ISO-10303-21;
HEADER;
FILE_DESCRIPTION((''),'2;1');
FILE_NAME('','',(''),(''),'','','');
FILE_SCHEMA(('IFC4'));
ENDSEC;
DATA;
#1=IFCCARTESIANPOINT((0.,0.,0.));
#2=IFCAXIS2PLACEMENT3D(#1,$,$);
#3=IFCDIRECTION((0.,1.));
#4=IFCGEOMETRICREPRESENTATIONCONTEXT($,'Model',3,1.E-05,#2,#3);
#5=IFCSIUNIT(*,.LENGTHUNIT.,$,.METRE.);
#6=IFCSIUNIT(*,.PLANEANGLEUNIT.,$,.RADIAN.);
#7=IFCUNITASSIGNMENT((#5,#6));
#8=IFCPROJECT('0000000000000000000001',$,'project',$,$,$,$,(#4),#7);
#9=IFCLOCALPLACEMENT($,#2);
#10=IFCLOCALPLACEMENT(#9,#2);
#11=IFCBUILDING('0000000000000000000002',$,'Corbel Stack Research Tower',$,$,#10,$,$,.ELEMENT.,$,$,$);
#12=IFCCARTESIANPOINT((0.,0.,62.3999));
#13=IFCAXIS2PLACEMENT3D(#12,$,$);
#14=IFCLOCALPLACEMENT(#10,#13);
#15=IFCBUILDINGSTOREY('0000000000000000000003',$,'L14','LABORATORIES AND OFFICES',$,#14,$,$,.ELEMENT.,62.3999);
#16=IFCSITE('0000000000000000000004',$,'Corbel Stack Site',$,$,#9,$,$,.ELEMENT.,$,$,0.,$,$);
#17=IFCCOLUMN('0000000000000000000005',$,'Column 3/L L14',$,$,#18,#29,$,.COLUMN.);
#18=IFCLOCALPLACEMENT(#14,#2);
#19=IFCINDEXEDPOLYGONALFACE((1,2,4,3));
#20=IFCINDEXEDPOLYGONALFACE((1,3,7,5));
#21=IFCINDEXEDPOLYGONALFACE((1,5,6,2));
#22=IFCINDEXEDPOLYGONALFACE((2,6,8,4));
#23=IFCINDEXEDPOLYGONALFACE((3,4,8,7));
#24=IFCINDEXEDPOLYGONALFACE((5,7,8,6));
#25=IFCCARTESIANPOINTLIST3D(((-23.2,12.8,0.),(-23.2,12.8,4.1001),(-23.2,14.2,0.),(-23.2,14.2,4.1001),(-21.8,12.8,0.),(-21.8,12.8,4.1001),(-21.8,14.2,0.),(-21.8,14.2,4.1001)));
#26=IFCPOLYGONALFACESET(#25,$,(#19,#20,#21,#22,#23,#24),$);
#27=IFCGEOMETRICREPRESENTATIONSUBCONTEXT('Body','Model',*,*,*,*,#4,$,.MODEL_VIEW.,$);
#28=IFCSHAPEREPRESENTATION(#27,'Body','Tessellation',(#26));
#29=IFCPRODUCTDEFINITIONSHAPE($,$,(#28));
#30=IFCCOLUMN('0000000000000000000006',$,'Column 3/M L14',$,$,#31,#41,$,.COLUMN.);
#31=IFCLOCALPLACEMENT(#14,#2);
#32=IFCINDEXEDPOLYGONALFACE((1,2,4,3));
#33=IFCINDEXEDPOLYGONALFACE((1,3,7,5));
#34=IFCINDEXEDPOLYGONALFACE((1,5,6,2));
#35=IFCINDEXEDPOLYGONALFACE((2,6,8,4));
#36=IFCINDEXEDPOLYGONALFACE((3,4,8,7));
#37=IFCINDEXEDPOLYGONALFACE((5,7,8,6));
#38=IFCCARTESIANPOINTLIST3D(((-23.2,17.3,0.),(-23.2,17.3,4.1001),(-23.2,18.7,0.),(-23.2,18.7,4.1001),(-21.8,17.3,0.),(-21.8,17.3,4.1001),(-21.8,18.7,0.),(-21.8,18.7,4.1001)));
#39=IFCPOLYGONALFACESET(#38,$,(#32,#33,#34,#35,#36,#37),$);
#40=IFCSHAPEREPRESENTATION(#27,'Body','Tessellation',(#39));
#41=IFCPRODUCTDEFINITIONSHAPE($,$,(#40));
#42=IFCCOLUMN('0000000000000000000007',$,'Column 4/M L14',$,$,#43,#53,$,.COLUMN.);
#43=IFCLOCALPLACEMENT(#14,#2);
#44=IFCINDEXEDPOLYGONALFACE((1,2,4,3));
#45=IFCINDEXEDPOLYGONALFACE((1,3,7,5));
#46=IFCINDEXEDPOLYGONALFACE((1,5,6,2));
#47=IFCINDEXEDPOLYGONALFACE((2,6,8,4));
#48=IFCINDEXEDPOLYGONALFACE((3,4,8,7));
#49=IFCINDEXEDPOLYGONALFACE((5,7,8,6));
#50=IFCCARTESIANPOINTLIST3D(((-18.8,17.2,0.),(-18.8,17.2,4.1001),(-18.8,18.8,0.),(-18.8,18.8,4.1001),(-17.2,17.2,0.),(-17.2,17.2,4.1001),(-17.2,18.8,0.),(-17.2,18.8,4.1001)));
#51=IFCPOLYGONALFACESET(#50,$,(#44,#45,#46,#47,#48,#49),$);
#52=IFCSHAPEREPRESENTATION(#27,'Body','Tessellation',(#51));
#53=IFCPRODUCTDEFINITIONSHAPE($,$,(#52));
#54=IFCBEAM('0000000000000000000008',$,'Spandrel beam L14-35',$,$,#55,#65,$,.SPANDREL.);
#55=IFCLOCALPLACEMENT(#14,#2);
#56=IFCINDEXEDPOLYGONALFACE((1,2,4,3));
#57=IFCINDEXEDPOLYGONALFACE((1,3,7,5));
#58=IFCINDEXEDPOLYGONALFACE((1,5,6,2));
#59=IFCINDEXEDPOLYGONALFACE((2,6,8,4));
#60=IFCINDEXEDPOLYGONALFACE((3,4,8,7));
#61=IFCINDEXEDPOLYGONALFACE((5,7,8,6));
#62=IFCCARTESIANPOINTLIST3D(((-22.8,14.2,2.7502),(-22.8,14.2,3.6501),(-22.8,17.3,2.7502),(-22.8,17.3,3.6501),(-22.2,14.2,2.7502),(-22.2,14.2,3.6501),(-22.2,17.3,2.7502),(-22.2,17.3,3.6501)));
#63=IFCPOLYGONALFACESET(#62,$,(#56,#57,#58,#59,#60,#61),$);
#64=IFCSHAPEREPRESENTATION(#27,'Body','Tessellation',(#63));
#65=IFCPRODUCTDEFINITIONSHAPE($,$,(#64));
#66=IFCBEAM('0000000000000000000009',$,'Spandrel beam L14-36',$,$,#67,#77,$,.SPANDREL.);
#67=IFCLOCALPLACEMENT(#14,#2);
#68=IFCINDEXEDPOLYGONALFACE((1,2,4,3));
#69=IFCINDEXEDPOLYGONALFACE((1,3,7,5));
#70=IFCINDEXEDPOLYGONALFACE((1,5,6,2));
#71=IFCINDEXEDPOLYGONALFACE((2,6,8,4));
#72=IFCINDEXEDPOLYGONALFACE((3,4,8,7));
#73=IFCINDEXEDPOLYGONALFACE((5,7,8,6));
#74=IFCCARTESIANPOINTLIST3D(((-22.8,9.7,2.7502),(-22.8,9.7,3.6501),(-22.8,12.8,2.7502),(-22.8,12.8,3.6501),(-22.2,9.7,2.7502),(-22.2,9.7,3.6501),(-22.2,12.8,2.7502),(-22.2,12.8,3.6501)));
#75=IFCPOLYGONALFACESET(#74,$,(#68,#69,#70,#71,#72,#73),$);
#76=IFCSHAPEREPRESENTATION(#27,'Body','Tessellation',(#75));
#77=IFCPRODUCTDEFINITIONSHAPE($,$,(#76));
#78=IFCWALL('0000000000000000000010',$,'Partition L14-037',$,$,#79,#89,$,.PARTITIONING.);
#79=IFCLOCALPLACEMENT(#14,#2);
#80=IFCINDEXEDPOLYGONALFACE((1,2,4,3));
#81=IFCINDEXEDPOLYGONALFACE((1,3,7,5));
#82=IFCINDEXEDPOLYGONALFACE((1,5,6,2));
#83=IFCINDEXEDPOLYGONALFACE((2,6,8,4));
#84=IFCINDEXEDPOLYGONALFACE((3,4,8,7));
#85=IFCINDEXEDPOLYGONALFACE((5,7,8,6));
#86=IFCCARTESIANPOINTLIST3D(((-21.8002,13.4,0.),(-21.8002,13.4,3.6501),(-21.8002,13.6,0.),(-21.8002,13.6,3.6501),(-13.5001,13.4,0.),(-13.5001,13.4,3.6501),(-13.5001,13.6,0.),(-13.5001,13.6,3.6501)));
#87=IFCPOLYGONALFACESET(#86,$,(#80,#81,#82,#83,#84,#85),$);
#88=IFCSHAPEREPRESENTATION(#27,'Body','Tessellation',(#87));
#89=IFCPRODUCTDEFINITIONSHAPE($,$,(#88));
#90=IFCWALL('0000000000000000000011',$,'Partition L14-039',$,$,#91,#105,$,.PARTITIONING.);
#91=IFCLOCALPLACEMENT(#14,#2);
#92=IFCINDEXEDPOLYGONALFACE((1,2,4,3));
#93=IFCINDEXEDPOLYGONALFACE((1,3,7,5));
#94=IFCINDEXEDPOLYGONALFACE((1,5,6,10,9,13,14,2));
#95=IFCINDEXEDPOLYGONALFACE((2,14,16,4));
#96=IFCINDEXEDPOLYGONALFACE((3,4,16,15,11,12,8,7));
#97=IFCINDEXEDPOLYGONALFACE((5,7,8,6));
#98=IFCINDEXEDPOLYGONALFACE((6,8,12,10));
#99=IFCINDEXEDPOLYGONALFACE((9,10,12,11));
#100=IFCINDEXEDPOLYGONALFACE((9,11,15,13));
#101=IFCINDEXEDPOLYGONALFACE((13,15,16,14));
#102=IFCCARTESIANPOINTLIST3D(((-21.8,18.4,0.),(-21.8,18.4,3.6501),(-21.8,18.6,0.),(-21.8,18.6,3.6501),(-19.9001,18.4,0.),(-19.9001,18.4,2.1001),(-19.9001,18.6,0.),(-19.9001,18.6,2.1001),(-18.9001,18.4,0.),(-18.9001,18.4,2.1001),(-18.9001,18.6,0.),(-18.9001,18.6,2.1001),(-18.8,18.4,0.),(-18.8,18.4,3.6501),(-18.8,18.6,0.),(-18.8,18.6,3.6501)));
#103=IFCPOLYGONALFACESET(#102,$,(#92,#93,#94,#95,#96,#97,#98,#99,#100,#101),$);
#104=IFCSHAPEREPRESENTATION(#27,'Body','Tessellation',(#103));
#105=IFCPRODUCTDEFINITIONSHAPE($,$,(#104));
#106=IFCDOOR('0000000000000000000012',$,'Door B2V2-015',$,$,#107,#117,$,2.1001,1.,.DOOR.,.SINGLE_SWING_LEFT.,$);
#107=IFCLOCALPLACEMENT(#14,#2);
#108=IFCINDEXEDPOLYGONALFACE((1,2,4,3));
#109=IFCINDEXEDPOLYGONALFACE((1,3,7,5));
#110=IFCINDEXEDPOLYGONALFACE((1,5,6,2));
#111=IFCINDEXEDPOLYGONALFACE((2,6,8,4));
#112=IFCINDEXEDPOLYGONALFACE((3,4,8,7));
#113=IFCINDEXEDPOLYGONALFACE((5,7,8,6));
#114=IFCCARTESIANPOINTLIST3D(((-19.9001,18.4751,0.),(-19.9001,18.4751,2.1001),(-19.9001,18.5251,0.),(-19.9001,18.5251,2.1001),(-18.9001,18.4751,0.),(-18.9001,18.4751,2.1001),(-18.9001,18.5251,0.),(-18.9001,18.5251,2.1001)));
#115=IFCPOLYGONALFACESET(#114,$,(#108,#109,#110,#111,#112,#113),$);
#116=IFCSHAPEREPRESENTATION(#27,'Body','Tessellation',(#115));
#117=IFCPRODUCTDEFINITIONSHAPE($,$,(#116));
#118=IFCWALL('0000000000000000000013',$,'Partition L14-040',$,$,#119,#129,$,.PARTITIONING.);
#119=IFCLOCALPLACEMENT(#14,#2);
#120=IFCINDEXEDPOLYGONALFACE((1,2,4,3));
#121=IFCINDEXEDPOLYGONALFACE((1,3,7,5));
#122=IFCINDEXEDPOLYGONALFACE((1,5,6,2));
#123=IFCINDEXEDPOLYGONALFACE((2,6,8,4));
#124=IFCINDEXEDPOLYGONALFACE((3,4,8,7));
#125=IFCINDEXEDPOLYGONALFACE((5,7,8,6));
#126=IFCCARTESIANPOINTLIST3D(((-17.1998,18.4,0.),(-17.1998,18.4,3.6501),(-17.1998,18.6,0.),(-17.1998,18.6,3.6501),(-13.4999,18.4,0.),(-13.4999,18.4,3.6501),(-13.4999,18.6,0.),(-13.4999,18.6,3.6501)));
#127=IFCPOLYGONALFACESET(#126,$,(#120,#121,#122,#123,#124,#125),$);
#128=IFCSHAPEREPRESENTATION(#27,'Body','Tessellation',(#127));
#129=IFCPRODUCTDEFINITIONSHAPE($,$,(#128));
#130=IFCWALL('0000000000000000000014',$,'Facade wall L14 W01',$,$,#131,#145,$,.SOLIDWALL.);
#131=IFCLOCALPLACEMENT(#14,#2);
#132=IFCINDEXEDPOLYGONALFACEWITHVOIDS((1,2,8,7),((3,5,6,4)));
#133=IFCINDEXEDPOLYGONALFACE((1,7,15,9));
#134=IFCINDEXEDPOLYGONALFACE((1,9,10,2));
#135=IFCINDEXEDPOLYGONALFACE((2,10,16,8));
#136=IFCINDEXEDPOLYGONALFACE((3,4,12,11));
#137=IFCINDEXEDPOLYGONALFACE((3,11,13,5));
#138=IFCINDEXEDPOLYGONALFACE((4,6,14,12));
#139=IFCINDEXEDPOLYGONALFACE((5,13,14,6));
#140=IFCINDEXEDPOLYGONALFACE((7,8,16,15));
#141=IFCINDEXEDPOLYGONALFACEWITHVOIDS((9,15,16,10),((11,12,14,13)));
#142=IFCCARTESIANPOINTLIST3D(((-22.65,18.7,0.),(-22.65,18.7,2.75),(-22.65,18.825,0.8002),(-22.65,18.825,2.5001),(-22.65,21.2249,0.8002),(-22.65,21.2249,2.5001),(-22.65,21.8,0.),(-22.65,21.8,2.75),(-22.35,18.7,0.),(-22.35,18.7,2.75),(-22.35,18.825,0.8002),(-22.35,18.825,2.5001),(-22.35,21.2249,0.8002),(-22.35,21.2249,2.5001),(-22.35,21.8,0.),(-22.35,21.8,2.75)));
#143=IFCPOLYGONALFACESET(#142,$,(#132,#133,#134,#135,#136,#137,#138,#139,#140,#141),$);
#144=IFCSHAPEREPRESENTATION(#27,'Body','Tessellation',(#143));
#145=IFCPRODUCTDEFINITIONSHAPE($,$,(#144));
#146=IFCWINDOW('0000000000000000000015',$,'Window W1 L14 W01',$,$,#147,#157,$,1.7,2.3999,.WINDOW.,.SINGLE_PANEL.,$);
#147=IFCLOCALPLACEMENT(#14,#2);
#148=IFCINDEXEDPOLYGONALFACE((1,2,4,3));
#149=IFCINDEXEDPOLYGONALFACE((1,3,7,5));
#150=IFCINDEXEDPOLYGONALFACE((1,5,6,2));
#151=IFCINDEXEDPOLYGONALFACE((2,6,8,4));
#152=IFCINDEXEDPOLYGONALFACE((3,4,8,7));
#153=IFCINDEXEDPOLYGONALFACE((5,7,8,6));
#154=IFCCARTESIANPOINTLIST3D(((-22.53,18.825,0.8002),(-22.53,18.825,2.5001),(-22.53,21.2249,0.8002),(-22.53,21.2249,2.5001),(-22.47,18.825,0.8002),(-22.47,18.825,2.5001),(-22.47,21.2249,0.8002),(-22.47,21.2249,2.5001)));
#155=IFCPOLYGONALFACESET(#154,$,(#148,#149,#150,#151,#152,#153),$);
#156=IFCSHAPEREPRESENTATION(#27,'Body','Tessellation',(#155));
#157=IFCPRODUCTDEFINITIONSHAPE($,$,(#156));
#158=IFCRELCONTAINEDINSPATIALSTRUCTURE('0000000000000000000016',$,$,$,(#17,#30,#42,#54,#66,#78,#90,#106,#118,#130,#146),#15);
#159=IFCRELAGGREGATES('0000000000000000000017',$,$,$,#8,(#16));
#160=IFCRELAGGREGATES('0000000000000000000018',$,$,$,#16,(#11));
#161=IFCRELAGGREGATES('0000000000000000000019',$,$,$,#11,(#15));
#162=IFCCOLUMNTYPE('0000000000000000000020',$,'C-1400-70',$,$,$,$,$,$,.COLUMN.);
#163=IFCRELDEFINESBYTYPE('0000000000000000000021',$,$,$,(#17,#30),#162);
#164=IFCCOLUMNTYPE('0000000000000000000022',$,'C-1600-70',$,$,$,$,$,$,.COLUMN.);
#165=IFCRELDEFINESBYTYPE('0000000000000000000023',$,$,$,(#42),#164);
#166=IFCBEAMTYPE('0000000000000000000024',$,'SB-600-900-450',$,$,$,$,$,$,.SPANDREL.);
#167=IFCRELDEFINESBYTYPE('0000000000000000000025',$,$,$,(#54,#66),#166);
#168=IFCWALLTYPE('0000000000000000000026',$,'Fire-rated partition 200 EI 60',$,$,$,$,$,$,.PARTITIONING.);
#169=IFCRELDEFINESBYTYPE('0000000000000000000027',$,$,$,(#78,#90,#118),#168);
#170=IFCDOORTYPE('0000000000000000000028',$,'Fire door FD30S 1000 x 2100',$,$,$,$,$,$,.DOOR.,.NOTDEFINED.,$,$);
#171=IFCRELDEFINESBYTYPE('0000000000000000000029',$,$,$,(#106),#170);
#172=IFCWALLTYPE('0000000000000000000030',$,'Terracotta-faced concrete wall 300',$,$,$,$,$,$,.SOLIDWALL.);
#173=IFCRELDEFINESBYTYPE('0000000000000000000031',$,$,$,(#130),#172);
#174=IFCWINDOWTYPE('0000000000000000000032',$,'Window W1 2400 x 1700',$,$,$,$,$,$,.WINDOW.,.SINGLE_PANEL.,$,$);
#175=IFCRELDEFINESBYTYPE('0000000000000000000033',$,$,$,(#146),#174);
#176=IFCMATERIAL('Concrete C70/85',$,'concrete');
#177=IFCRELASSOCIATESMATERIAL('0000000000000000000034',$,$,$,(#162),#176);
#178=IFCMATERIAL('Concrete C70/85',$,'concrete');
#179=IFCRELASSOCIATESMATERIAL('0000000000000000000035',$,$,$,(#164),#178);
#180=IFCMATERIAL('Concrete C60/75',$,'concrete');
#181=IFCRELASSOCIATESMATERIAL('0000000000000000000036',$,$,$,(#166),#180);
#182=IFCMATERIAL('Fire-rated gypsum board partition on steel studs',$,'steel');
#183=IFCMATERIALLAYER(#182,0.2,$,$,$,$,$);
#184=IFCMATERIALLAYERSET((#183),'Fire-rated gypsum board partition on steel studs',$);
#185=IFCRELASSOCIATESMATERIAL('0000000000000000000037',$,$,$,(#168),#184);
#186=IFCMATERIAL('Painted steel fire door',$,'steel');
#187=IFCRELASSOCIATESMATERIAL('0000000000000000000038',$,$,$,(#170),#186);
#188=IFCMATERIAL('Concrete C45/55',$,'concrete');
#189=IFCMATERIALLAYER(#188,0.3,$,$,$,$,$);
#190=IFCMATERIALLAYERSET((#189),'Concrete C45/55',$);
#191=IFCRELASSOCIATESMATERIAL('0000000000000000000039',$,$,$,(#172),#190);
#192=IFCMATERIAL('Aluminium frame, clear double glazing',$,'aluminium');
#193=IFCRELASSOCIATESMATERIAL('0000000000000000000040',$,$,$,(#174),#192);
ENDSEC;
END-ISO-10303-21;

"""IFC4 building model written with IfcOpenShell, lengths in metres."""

from ifc_helpers import new_model, si_unit, direction, frame, frame_2d, origin, origin_2d, place, context, subcontext, project, spatial, rectangle, extrude, material, layer, layer_set, material_profile, profile_set, type_object, element, fill, save


model = new_model("IFC4")

# Units and contexts
model_context = context("Model", 3, precision=1e-05, world=origin(), true_north=direction((0.0, 1.0)))
body_context = subcontext(model_context, "Body", "Model", "MODEL_VIEW")
ifc_project = project(units=[si_unit("LENGTHUNIT", "METRE"), si_unit("PLANEANGLEUNIT", "RADIAN")], contexts=[model_context])

# Site, building, storey
site_placement = place(None, origin())
site = spatial("IfcSite", under=ifc_project, at=site_placement, Name="Corbel Stack Site", CompositionType="ELEMENT", RefElevation=0.0)
building_placement = place(site_placement, origin())
building = spatial("IfcBuilding", under=site, at=building_placement, Name="Corbel Stack Research Tower", CompositionType="ELEMENT")
storey_placement = place(building_placement, frame((0.0, 0.0, 62.3999)))
storey = spatial("IfcBuildingStorey", under=building, at=storey_placement, Name="L14", Description="LABORATORIES AND OFFICES", CompositionType="ELEMENT", Elevation=62.3999)

# Columns
ifc_material_1 = material(Name="Concrete C70/85", Category="concrete")
ifc_material_profile_1 = material_profile(ifc_material_1, rectangle(XDim=1.3999, YDim=1.3999, at=origin_2d()), Name="RC 1400 x 1400")
ifc_profile_set_1 = profile_set([ifc_material_profile_1], Name="Concrete C70/85")
column_type_1 = type_object("IfcColumnType", Name="C-1400-70", PredefinedType="COLUMN", material=ifc_profile_set_1)
for number, where, z_axis, x_axis, name in (
    (1, (-22.5, 13.5, 0.0), (0.0, 0.0, 1.0), (1.0, 0.0, 0.0), "Column 3/L L14"),
    (2, (-22.5, 18.0, 0.0), (0.0, 0.0, 1.0), (1.0, 0.0, 0.0), "Column 3/M L14"),
):
    element("IfcColumn", number, at=place(storey_placement, frame(where, z_axis=z_axis, x_axis=x_axis)), inside=storey, type_object=column_type_1, Name=name, PredefinedType="COLUMN", context=body_context, shape_type="SweptSolid", body=[
        extrude(rectangle(XDim=1.3999, YDim=1.3999, at=origin_2d()), origin(), (0.0, 0.0, 1.0), 4.1001),
    ])
ifc_material_2 = material(Name="Concrete C70/85", Category="concrete")
ifc_material_profile_2 = material_profile(ifc_material_2, rectangle(XDim=1.6001, YDim=1.6001, at=origin_2d()), Name="RC 1600 x 1600")
ifc_profile_set_2 = profile_set([ifc_material_profile_2], Name="Concrete C70/85")
column_type_2 = type_object("IfcColumnType", Name="C-1600-70", PredefinedType="COLUMN", material=ifc_profile_set_2)
column_placement = place(storey_placement, frame((-18.0, 18.0, 0.0), z_axis=(0.0, 0.0, 1.0), x_axis=(1.0, 0.0, 0.0)))
element("IfcColumn", 3, at=column_placement, inside=storey, type_object=column_type_2, Name="Column 4/M L14", PredefinedType="COLUMN", context=body_context, shape_type="SweptSolid", body=[
    extrude(rectangle(XDim=1.6001, YDim=1.6001, at=origin_2d()), origin(), (0.0, 0.0, 1.0), 4.1001),
])

# Beams
ifc_material_3 = material(Name="Concrete C60/75", Category="concrete")
ifc_material_profile_3 = material_profile(ifc_material_3, rectangle(XDim=0.6001, YDim=0.8999, at=origin_2d()), Name="RC 600 x 900")
ifc_profile_set_3 = profile_set([ifc_material_profile_3], Name="Concrete C60/75")
beam_type = type_object("IfcBeamType", Name="SB-600-900-450", PredefinedType="SPANDREL", material=ifc_profile_set_3)
for number, where, z_axis, x_axis, name in (
    (4, (-22.5, 17.3, 3.2002), (0.0, -1.0, 0.0), (1.0, 0.0, 0.0), "Spandrel beam L14-35"),
    (5, (-22.5, 12.8, 3.2002), (0.0, -1.0, 0.0), (1.0, 0.0, 0.0), "Spandrel beam L14-36"),
):
    element("IfcBeam", number, at=place(storey_placement, frame(where, z_axis=z_axis, x_axis=x_axis)), inside=storey, type_object=beam_type, Name=name, PredefinedType="SPANDREL", context=body_context, shape_type="SweptSolid", body=[
        extrude(rectangle(XDim=0.6001, YDim=0.8999, at=origin_2d()), origin(), (0.0, 0.0, 1.0), 3.1001),
    ])

# Wall
ifc_material_4 = material(Name="Fire-rated gypsum board partition on steel studs", Category="steel")
ifc_layer_1 = layer(ifc_material_4, 0.2)
ifc_layer_set_1 = layer_set([ifc_layer_1], Name="Fire-rated gypsum board partition on steel studs")
wall_type_1 = type_object("IfcWallType", Name="Fire-rated partition 200 EI 60", PredefinedType="PARTITIONING", material=ifc_layer_set_1)
wall_1_placement = place(storey_placement, frame((-21.8, 13.5, 0.0), z_axis=(0.0, 0.0, 1.0), x_axis=(1.0, 0.0, 0.0)))
element("IfcWall", 6, at=wall_1_placement, inside=storey, type_object=wall_type_1, Name="Partition L14-037", PredefinedType="PARTITIONING", context=body_context, shape_type="SweptSolid", body=[
    extrude(rectangle(XDim=8.3, YDim=0.2, at=frame_2d((4.1499, 0.0))), origin(), (0.0, 0.0, 1.0), 3.6501),
])

# Wall, opening, door
wall_2_placement = place(storey_placement, frame((-18.8, 18.5, 0.0), z_axis=(0.0, 0.0, 1.0), x_axis=(-1.0, 0.0, 0.0)))
wall_2 = element("IfcWall", 7, at=wall_2_placement, inside=storey, type_object=wall_type_1, Name="Partition L14-039", PredefinedType="PARTITIONING", context=body_context, shape_type="SweptSolid", body=[
    extrude(rectangle(XDim=3.0, YDim=0.2, at=frame_2d((1.5, 0.0))), origin(), (0.0, 0.0, 1.0), 3.6501),
])
opening_1_placement = place(wall_2_placement, frame((0.1001, 0.0, 0.0)))
opening_1 = element("IfcOpeningElement", 8, at=opening_1_placement, cuts=wall_2, PredefinedType="OPENING", context=body_context, shape_type="SweptSolid", body=[
    extrude(rectangle(XDim=1.0, YDim=2.1001, at=frame_2d((0.5, 1.05))), frame((0.0, 0.1099, 0.0), z_axis=(0.0, -1.0, 0.0), x_axis=(1.0, 0.0, 0.0)), (0.0, 0.0, 1.0), 0.22),
])
ifc_material_5 = material(Name="Painted steel fire door", Category="steel")
door_type_1 = type_object("IfcDoorType", Name="Fire door FD30S 1000 x 2100", OperationType="NOTDEFINED", PredefinedType="DOOR", material=ifc_material_5)
door_1_placement = place(opening_1_placement, origin())
door_1 = element("IfcDoor", 9, at=door_1_placement, inside=storey, type_object=door_type_1, Name="Door B2V2-015", OperationType="SINGLE_SWING_LEFT", OverallHeight=2.1001, OverallWidth=1.0, PredefinedType="DOOR", context=body_context, shape_type="SweptSolid", body=[
    extrude(rectangle(XDim=1.0, YDim=2.1001, at=frame_2d((0.5, 1.05))), frame((0.0, 0.0249, 0.0), z_axis=(0.0, -1.0, 0.0), x_axis=(1.0, 0.0, 0.0)), (0.0, 0.0, 1.0), 0.05),
])
fill(opening_1, door_1)

# Wall
wall_3_placement = place(storey_placement, frame((-17.2, 18.5, 0.0), z_axis=(0.0, 0.0, 1.0), x_axis=(1.0, 0.0, 0.0)))
element("IfcWall", 10, at=wall_3_placement, inside=storey, type_object=wall_type_1, Name="Partition L14-040", PredefinedType="PARTITIONING", context=body_context, shape_type="SweptSolid", body=[
    extrude(rectangle(XDim=3.7, YDim=0.2, at=frame_2d((1.8501, 0.0))), origin(), (0.0, 0.0, 1.0), 3.6501),
])

# Wall, opening, window
ifc_material_6 = material(Name="Concrete C45/55", Category="concrete")
ifc_layer_2 = layer(ifc_material_6, 0.3)
ifc_layer_set_2 = layer_set([ifc_layer_2], Name="Concrete C45/55")
wall_type_2 = type_object("IfcWallType", Name="Terracotta-faced concrete wall 300", PredefinedType="SOLIDWALL", material=ifc_layer_set_2)
wall_4_placement = place(storey_placement, frame((-22.5, 18.7, 0.0), z_axis=(0.0, 0.0, 1.0), x_axis=(0.0, 1.0, 0.0)))
wall_4 = element("IfcWall", 11, at=wall_4_placement, inside=storey, type_object=wall_type_2, Name="Facade wall L14 W01", PredefinedType="SOLIDWALL", context=body_context, shape_type="SweptSolid", body=[
    extrude(rectangle(XDim=3.1001, YDim=0.3, at=frame_2d((1.55, 0.0))), origin(), (0.0, 0.0, 1.0), 2.75),
])
opening_2_placement = place(wall_4_placement, frame((0.125, 0.0, 0.8)))
opening_2 = element("IfcOpeningElement", 12, at=opening_2_placement, cuts=wall_4, PredefinedType="OPENING", context=body_context, shape_type="SweptSolid", body=[
    extrude(rectangle(XDim=2.3999, YDim=1.7, at=frame_2d((1.2, 0.8501))), frame((0.0, 0.1599, 0.0), z_axis=(0.0, -1.0, 0.0), x_axis=(1.0, 0.0, 0.0)), (0.0, 0.0, 1.0), 0.3201),
])
ifc_material_7 = material(Name="Aluminium frame, clear double glazing", Category="aluminium")
window_type = type_object("IfcWindowType", Name="Window W1 2400 x 1700", PartitioningType="SINGLE_PANEL", PredefinedType="WINDOW", material=ifc_material_7)
window_placement = place(opening_2_placement, origin())
window = element("IfcWindow", 13, at=window_placement, inside=storey, type_object=window_type, Name="Window W1 L14 W01", OverallHeight=1.7, OverallWidth=2.3999, PartitioningType="SINGLE_PANEL", PredefinedType="WINDOW", context=body_context, shape_type="SweptSolid", body=[
    extrude(rectangle(XDim=2.3999, YDim=1.7, at=frame_2d((1.2, 0.8501))), frame((0.0, 0.03, 0.0), z_axis=(0.0, -1.0, 0.0), x_axis=(1.0, 0.0, 0.0)), (0.0, 0.0, 1.0), 0.0601),
])
fill(opening_2, window)

save(model, "model.ifc")
